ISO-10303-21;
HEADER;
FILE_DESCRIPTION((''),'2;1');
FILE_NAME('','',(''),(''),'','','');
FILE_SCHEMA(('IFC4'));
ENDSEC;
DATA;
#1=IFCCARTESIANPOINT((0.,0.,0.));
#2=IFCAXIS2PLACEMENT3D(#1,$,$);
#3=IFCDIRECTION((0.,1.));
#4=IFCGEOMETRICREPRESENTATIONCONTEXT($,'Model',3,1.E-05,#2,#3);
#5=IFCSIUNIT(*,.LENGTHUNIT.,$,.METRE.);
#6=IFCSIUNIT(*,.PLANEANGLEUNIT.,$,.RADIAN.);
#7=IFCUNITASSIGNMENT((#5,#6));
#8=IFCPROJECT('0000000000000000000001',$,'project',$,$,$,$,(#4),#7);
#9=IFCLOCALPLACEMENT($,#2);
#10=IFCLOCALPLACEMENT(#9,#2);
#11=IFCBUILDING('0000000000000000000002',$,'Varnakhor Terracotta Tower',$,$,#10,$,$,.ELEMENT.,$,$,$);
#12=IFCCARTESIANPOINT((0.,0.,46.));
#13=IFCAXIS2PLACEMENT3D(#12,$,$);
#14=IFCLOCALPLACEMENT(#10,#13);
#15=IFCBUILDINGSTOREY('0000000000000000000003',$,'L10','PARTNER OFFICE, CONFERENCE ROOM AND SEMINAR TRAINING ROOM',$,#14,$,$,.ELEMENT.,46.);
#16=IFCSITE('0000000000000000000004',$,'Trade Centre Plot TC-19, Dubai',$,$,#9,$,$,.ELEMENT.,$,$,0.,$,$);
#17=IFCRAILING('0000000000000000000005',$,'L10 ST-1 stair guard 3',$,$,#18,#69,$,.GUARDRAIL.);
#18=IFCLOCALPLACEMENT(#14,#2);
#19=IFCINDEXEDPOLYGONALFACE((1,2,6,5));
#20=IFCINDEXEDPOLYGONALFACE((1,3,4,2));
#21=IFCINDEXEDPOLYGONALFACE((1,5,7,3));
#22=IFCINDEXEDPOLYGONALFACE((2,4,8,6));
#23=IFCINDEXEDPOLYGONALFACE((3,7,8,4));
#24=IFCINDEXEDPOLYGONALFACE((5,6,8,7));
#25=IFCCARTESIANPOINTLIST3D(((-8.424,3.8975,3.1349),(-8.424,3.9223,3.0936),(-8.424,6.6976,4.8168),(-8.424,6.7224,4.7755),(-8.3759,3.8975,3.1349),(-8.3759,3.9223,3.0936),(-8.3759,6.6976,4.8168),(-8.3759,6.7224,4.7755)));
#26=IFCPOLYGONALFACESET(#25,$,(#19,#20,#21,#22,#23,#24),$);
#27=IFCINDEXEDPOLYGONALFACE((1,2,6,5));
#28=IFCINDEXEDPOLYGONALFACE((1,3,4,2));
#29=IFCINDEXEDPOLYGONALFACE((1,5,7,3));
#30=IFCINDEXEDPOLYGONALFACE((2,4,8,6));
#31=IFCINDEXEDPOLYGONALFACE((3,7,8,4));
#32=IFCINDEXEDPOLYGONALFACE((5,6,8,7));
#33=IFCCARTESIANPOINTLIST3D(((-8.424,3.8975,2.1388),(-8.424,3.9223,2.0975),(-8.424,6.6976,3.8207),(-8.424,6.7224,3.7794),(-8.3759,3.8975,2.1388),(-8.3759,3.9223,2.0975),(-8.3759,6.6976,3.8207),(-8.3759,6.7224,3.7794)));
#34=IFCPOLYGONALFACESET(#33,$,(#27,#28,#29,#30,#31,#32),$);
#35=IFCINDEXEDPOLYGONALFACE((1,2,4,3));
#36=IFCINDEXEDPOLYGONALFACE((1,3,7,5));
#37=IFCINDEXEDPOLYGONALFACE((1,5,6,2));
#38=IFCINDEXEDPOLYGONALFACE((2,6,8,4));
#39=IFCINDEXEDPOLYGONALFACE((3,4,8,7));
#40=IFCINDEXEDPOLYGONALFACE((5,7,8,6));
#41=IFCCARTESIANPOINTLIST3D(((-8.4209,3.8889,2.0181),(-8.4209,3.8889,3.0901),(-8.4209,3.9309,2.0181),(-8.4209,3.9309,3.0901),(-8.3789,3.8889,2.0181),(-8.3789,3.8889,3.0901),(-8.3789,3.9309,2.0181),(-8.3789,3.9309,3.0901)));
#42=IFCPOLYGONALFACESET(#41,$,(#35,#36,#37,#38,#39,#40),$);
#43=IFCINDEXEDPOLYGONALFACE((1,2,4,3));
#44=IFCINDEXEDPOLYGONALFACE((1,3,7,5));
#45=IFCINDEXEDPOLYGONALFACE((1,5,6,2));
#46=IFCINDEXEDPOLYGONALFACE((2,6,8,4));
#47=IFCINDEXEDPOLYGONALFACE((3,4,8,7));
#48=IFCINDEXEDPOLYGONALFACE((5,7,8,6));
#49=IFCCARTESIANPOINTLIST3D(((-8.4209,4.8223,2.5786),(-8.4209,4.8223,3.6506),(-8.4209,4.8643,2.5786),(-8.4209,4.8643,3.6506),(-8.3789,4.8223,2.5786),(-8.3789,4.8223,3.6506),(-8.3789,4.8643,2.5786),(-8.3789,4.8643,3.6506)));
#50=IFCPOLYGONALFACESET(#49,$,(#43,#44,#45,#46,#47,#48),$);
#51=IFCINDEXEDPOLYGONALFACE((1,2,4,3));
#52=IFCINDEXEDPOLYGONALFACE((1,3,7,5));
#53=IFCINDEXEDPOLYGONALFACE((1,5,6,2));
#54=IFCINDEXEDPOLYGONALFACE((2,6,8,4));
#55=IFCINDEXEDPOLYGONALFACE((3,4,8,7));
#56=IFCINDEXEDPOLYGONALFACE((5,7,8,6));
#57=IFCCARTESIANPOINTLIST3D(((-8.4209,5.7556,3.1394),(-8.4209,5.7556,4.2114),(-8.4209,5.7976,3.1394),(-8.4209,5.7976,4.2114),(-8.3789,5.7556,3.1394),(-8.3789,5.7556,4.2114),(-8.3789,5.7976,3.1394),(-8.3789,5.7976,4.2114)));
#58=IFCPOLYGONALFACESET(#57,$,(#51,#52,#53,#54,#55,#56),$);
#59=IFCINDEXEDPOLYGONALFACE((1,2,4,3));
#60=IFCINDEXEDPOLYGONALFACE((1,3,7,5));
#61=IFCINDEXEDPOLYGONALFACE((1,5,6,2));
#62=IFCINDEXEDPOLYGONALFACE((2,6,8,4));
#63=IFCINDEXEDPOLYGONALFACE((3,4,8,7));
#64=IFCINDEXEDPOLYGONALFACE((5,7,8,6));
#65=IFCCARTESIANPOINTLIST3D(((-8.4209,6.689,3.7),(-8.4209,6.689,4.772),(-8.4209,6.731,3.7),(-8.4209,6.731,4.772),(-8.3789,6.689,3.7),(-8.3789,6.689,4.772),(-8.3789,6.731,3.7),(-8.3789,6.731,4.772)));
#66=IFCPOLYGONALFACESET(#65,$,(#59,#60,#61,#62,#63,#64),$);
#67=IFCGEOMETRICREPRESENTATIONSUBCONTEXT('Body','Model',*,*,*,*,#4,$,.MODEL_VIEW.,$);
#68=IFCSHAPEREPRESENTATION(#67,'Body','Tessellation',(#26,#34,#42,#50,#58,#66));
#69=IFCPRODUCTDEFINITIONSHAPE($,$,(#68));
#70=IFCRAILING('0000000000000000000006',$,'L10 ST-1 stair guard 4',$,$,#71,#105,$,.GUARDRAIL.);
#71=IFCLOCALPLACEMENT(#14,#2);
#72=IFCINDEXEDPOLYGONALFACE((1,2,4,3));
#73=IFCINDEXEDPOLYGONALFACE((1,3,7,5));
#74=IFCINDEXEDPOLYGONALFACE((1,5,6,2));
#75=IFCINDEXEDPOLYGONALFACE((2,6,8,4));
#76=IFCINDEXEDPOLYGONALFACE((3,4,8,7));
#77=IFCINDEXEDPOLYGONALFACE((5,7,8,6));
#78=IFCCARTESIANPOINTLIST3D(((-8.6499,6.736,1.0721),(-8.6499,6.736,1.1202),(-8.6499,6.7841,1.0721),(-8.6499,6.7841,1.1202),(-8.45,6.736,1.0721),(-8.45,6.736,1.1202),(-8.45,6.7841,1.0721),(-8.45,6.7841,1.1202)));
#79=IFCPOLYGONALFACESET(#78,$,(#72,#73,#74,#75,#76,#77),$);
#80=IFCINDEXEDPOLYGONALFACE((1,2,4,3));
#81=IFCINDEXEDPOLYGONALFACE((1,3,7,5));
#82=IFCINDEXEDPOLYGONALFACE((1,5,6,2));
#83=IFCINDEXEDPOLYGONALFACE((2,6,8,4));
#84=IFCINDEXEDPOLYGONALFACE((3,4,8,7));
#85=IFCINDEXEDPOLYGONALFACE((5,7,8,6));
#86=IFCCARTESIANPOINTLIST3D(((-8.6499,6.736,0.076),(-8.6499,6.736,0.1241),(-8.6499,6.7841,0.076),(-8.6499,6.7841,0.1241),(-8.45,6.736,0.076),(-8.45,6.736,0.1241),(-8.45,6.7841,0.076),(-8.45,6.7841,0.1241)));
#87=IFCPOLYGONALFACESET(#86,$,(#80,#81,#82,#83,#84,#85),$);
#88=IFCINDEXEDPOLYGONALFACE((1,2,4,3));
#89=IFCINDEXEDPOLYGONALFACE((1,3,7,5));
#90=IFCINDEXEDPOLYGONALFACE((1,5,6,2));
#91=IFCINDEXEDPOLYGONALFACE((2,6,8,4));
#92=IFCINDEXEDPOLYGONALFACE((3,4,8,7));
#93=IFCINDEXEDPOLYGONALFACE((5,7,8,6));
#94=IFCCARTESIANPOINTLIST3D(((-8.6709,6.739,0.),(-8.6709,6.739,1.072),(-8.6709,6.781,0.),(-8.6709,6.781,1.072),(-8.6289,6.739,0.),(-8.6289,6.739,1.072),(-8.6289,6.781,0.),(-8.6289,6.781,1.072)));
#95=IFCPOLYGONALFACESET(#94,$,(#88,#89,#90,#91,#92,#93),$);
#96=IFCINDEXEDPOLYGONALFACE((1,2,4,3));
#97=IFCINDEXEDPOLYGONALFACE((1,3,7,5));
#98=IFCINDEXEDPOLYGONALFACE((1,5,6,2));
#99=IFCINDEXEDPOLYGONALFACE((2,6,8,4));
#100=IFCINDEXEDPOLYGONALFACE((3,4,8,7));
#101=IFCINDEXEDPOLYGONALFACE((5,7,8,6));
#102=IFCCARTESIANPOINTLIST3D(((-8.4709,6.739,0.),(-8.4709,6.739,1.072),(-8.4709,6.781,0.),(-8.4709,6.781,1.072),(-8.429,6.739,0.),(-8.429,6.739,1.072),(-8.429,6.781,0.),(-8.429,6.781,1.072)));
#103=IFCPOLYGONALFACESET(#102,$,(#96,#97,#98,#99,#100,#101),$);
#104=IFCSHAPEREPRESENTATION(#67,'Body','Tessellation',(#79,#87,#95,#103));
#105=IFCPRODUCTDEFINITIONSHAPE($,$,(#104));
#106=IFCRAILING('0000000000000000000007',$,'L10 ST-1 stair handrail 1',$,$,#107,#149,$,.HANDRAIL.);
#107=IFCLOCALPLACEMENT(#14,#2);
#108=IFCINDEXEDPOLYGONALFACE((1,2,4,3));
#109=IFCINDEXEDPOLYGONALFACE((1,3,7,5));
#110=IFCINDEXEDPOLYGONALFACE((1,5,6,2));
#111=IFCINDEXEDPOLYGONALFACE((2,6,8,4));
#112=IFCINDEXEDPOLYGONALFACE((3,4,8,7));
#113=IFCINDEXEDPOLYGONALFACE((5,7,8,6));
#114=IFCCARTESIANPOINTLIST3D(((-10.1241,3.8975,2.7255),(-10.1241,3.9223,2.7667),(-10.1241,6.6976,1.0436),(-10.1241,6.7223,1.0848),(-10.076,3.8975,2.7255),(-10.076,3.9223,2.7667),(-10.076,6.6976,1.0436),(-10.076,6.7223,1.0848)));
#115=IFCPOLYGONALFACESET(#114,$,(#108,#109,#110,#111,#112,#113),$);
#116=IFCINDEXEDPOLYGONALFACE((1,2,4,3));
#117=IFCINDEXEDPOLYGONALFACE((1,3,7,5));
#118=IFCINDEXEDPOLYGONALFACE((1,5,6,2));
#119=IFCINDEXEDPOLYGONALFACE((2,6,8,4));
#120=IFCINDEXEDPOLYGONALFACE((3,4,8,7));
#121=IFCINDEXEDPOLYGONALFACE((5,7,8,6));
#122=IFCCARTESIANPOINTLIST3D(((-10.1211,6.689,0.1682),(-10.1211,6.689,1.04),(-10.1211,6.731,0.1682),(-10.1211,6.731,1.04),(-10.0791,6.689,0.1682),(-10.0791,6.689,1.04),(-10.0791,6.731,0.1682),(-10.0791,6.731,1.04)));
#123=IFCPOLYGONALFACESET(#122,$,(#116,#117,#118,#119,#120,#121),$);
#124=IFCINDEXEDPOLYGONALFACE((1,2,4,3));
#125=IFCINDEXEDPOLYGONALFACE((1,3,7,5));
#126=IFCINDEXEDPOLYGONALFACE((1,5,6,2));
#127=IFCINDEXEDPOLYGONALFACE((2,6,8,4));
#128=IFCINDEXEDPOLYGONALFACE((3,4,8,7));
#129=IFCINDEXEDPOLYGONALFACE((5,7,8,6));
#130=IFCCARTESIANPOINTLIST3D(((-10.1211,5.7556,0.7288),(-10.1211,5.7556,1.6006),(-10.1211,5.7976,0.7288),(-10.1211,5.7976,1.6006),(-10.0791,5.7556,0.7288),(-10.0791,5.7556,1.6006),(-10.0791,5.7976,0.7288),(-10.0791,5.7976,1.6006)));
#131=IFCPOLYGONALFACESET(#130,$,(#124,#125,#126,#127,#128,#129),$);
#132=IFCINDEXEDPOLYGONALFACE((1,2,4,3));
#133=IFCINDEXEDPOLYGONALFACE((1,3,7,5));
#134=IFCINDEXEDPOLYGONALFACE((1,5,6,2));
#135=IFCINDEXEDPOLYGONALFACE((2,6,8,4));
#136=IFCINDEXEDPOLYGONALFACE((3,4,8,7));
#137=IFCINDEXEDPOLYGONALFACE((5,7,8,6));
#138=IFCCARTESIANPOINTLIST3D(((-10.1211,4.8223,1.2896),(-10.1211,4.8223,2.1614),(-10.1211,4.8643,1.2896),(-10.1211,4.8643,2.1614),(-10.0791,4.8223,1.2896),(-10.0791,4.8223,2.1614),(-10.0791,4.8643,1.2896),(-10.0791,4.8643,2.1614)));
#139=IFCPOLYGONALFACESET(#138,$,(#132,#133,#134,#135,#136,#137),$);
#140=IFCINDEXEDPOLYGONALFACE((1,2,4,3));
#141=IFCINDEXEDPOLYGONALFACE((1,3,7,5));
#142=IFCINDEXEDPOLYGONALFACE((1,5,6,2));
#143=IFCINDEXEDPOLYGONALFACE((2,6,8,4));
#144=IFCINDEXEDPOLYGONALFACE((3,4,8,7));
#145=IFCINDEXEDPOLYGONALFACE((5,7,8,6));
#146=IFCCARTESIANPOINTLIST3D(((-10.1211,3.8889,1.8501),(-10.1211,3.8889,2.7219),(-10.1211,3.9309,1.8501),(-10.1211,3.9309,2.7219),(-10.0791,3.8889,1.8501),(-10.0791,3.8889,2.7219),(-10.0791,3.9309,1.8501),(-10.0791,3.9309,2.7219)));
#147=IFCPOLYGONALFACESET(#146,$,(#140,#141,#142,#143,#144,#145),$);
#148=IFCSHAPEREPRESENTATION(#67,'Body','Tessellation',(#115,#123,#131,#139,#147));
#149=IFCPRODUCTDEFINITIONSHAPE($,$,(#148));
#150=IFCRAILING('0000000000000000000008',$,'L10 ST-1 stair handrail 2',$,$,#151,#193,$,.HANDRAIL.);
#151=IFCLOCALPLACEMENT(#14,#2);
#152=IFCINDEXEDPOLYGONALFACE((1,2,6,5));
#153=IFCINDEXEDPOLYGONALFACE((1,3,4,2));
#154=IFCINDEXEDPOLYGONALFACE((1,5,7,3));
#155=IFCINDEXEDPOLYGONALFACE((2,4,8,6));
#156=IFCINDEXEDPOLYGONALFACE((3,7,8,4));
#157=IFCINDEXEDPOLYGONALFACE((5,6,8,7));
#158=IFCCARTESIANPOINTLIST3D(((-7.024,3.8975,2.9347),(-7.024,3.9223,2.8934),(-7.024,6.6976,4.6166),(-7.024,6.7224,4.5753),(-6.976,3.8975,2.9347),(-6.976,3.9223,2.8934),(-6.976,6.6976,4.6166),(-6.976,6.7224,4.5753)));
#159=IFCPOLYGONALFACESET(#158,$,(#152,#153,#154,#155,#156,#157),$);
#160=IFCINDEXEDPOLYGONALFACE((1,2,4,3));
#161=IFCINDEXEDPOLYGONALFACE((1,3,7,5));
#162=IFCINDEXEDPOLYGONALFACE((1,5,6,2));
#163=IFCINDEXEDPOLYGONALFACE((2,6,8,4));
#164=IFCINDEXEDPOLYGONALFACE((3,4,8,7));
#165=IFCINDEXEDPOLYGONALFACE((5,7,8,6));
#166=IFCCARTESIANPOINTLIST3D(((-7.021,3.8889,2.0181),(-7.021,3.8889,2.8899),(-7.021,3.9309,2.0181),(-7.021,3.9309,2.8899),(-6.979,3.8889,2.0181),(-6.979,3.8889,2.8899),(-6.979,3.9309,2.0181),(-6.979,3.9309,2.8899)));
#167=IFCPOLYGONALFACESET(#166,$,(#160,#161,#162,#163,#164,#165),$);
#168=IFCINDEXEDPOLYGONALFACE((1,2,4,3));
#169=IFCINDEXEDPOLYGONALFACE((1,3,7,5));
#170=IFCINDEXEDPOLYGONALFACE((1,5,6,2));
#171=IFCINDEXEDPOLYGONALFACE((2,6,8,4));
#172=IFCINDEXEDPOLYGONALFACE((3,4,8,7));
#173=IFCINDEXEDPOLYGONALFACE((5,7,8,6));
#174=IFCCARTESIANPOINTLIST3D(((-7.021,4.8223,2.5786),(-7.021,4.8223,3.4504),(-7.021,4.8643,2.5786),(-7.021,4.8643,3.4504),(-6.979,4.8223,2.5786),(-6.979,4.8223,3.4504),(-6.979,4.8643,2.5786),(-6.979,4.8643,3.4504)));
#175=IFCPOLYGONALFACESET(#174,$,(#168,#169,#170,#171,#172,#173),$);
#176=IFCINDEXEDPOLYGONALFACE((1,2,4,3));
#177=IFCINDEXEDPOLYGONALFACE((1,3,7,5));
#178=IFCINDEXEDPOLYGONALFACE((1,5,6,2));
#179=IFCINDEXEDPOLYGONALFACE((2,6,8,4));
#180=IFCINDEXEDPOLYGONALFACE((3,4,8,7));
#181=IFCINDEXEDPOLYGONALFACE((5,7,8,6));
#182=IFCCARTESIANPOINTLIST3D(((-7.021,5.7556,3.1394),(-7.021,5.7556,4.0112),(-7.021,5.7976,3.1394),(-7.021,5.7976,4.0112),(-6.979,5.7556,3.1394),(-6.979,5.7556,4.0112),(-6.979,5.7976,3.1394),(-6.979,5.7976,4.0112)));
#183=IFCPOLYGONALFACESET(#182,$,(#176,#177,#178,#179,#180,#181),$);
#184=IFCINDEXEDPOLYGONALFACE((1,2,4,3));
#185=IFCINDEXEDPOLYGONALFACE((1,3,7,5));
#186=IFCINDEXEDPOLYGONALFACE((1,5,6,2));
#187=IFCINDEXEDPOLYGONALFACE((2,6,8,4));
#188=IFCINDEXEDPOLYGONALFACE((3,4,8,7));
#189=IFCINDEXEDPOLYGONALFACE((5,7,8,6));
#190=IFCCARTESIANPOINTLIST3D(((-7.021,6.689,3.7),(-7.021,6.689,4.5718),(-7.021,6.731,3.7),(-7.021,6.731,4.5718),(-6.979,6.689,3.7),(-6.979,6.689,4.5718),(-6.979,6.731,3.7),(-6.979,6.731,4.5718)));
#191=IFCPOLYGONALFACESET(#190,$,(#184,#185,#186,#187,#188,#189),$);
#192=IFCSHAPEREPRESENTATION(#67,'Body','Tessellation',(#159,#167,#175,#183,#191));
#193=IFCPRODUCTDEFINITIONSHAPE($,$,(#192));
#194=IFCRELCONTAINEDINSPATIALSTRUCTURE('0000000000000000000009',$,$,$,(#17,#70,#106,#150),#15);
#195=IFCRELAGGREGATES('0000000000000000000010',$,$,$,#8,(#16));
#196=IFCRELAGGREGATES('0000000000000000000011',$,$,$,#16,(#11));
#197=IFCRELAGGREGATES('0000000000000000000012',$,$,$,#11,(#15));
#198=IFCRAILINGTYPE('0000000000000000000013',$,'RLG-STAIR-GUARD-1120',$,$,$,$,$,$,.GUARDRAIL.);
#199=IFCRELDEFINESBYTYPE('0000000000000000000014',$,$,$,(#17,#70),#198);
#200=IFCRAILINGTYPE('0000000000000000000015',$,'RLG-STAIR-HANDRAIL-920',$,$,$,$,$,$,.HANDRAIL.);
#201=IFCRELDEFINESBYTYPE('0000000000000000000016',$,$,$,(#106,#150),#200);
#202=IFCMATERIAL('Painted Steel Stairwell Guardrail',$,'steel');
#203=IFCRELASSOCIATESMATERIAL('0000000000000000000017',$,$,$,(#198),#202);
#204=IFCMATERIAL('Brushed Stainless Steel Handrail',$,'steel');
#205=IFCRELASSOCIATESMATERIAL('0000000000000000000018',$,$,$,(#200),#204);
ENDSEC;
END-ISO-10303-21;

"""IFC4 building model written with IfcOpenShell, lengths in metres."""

from ifc_helpers import new_model, si_unit, direction, frame, origin, origin_2d, place, context, subcontext, project, spatial, rectangle, extrude, material, type_object, element, save


model = new_model("IFC4")

# Units and contexts
model_context = context("Model", 3, precision=1e-05, world=origin(), true_north=direction((0.0, 1.0)))
body_context = subcontext(model_context, "Body", "Model", "MODEL_VIEW")
ifc_project = project(units=[si_unit("LENGTHUNIT", "METRE"), si_unit("PLANEANGLEUNIT", "RADIAN")], contexts=[model_context])

# Site, building, storey
site_placement = place(None, origin())
site = spatial("IfcSite", under=ifc_project, at=site_placement, Name="Trade Centre Plot TC-19, Dubai", CompositionType="ELEMENT", RefElevation=0.0)
building_placement = place(site_placement, origin())
building = spatial("IfcBuilding", under=site, at=building_placement, Name="Varnakhor Terracotta Tower", CompositionType="ELEMENT")
storey_placement = place(building_placement, frame((0.0, 0.0, 46.0)))
storey = spatial("IfcBuildingStorey", under=building, at=storey_placement, Name="L10", Description="PARTNER OFFICE, CONFERENCE ROOM AND SEMINAR TRAINING ROOM", CompositionType="ELEMENT", Elevation=46.0)

# Railings
ifc_material_1 = material(Name="Painted Steel Stairwell Guardrail", Category="steel")
railing_type_1 = type_object("IfcRailingType", Name="RLG-STAIR-GUARD-1120", PredefinedType="GUARDRAIL", material=ifc_material_1)
railing_1_placement = place(storey_placement, frame((-8.3999, 3.9099, 2.0181)))
element("IfcRailing", 1, at=railing_1_placement, inside=storey, type_object=railing_type_1, Name="L10 ST-1 stair guard 3", PredefinedType="GUARDRAIL", context=body_context, shape_type="SweptSolid", body=[
    extrude(rectangle(XDim=0.0481, YDim=0.0481, at=origin_2d()), frame((0.0, 0.0, 1.0962), z_axis=(0.0, 0.857242, 0.514913), x_axis=(-1.0, 0.0, 0.0)), (0.0, 0.0, 1.0), 3.2664),
    extrude(rectangle(XDim=0.0481, YDim=0.0481, at=origin_2d()), frame((0.0, 0.0, 0.1001), z_axis=(0.0, 0.857242, 0.514913), x_axis=(-1.0, 0.0, 0.0)), (0.0, 0.0, 1.0), 3.2664),
    extrude(rectangle(XDim=0.042, YDim=0.042, at=origin_2d()), origin(), (0.0, 0.0, 1.0), 1.072),
    extrude(rectangle(XDim=0.042, YDim=0.042, at=origin_2d()), frame((0.0, 0.9333, 0.5605)), (0.0, 0.0, 1.0), 1.072),
    extrude(rectangle(XDim=0.042, YDim=0.042, at=origin_2d()), frame((0.0, 1.8667, 1.1213)), (0.0, 0.0, 1.0), 1.072),
    extrude(rectangle(XDim=0.042, YDim=0.042, at=origin_2d()), frame((0.0, 2.8, 1.6819)), (0.0, 0.0, 1.0), 1.072),
])
railing_2_placement = place(storey_placement, frame((-8.6499, 6.76, 0.0)))
element("IfcRailing", 2, at=railing_2_placement, inside=storey, type_object=railing_type_1, Name="L10 ST-1 stair guard 4", PredefinedType="GUARDRAIL", context=body_context, shape_type="SweptSolid", body=[
    extrude(rectangle(XDim=0.0481, YDim=0.0481, at=origin_2d()), frame((0.0, 0.0, 1.0962), z_axis=(1.0, 0.0, 0.0), x_axis=(0.0, 1.0, 0.0)), (0.0, 0.0, 1.0), 0.2),
    extrude(rectangle(XDim=0.0481, YDim=0.0481, at=origin_2d()), frame((0.0, 0.0, 0.1001), z_axis=(1.0, 0.0, 0.0), x_axis=(0.0, 1.0, 0.0)), (0.0, 0.0, 1.0), 0.2),
    extrude(rectangle(XDim=0.042, YDim=0.042, at=origin_2d()), origin(), (0.0, 0.0, 1.0), 1.072),
    extrude(rectangle(XDim=0.042, YDim=0.042, at=origin_2d()), frame((0.2, 0.0, 0.0)), (0.0, 0.0, 1.0), 1.072),
])
ifc_material_2 = material(Name="Brushed Stainless Steel Handrail", Category="steel")
railing_type_2 = type_object("IfcRailingType", Name="RLG-STAIR-HANDRAIL-920", PredefinedType="HANDRAIL", material=ifc_material_2)
railing_3_placement = place(storey_placement, frame((-10.1001, 6.71, 0.1682)))
element("IfcRailing", 3, at=railing_3_placement, inside=storey, type_object=railing_type_2, Name="L10 ST-1 stair handrail 1", PredefinedType="HANDRAIL", context=body_context, shape_type="SweptSolid", body=[
    extrude(rectangle(XDim=0.0481, YDim=0.0481, at=origin_2d()), frame((0.0, 0.0, 0.896), z_axis=(0.0, -0.857242, 0.514913), x_axis=(1.0, 0.0, 0.0)), (0.0, 0.0, 1.0), 3.2664),
    extrude(rectangle(XDim=0.042, YDim=0.042, at=origin_2d()), origin(), (0.0, 0.0, 1.0), 0.8718),
    extrude(rectangle(XDim=0.042, YDim=0.042, at=origin_2d()), frame((0.0, -0.9333, 0.5605)), (0.0, 0.0, 1.0), 0.8718),
    extrude(rectangle(XDim=0.042, YDim=0.042, at=origin_2d()), frame((0.0, -1.8667, 1.1213)), (0.0, 0.0, 1.0), 0.8718),
    extrude(rectangle(XDim=0.042, YDim=0.042, at=origin_2d()), frame((0.0, -2.8, 1.6819)), (0.0, 0.0, 1.0), 0.8718),
])
railing_4_placement = place(storey_placement, frame((-7.0, 3.9099, 2.0181)))
element("IfcRailing", 4, at=railing_4_placement, inside=storey, type_object=railing_type_2, Name="L10 ST-1 stair handrail 2", PredefinedType="HANDRAIL", context=body_context, shape_type="SweptSolid", body=[
    extrude(rectangle(XDim=0.0481, YDim=0.0481, at=origin_2d()), frame((0.0, 0.0, 0.896), z_axis=(0.0, 0.857242, 0.514913), x_axis=(-1.0, 0.0, 0.0)), (0.0, 0.0, 1.0), 3.2664),
    extrude(rectangle(XDim=0.042, YDim=0.042, at=origin_2d()), origin(), (0.0, 0.0, 1.0), 0.8718),
    extrude(rectangle(XDim=0.042, YDim=0.042, at=origin_2d()), frame((0.0, 0.9333, 0.5605)), (0.0, 0.0, 1.0), 0.8718),
    extrude(rectangle(XDim=0.042, YDim=0.042, at=origin_2d()), frame((0.0, 1.8667, 1.1213)), (0.0, 0.0, 1.0), 0.8718),
    extrude(rectangle(XDim=0.042, YDim=0.042, at=origin_2d()), frame((0.0, 2.8, 1.6819)), (0.0, 0.0, 1.0), 0.8718),
])

save(model, "model.ifc")
